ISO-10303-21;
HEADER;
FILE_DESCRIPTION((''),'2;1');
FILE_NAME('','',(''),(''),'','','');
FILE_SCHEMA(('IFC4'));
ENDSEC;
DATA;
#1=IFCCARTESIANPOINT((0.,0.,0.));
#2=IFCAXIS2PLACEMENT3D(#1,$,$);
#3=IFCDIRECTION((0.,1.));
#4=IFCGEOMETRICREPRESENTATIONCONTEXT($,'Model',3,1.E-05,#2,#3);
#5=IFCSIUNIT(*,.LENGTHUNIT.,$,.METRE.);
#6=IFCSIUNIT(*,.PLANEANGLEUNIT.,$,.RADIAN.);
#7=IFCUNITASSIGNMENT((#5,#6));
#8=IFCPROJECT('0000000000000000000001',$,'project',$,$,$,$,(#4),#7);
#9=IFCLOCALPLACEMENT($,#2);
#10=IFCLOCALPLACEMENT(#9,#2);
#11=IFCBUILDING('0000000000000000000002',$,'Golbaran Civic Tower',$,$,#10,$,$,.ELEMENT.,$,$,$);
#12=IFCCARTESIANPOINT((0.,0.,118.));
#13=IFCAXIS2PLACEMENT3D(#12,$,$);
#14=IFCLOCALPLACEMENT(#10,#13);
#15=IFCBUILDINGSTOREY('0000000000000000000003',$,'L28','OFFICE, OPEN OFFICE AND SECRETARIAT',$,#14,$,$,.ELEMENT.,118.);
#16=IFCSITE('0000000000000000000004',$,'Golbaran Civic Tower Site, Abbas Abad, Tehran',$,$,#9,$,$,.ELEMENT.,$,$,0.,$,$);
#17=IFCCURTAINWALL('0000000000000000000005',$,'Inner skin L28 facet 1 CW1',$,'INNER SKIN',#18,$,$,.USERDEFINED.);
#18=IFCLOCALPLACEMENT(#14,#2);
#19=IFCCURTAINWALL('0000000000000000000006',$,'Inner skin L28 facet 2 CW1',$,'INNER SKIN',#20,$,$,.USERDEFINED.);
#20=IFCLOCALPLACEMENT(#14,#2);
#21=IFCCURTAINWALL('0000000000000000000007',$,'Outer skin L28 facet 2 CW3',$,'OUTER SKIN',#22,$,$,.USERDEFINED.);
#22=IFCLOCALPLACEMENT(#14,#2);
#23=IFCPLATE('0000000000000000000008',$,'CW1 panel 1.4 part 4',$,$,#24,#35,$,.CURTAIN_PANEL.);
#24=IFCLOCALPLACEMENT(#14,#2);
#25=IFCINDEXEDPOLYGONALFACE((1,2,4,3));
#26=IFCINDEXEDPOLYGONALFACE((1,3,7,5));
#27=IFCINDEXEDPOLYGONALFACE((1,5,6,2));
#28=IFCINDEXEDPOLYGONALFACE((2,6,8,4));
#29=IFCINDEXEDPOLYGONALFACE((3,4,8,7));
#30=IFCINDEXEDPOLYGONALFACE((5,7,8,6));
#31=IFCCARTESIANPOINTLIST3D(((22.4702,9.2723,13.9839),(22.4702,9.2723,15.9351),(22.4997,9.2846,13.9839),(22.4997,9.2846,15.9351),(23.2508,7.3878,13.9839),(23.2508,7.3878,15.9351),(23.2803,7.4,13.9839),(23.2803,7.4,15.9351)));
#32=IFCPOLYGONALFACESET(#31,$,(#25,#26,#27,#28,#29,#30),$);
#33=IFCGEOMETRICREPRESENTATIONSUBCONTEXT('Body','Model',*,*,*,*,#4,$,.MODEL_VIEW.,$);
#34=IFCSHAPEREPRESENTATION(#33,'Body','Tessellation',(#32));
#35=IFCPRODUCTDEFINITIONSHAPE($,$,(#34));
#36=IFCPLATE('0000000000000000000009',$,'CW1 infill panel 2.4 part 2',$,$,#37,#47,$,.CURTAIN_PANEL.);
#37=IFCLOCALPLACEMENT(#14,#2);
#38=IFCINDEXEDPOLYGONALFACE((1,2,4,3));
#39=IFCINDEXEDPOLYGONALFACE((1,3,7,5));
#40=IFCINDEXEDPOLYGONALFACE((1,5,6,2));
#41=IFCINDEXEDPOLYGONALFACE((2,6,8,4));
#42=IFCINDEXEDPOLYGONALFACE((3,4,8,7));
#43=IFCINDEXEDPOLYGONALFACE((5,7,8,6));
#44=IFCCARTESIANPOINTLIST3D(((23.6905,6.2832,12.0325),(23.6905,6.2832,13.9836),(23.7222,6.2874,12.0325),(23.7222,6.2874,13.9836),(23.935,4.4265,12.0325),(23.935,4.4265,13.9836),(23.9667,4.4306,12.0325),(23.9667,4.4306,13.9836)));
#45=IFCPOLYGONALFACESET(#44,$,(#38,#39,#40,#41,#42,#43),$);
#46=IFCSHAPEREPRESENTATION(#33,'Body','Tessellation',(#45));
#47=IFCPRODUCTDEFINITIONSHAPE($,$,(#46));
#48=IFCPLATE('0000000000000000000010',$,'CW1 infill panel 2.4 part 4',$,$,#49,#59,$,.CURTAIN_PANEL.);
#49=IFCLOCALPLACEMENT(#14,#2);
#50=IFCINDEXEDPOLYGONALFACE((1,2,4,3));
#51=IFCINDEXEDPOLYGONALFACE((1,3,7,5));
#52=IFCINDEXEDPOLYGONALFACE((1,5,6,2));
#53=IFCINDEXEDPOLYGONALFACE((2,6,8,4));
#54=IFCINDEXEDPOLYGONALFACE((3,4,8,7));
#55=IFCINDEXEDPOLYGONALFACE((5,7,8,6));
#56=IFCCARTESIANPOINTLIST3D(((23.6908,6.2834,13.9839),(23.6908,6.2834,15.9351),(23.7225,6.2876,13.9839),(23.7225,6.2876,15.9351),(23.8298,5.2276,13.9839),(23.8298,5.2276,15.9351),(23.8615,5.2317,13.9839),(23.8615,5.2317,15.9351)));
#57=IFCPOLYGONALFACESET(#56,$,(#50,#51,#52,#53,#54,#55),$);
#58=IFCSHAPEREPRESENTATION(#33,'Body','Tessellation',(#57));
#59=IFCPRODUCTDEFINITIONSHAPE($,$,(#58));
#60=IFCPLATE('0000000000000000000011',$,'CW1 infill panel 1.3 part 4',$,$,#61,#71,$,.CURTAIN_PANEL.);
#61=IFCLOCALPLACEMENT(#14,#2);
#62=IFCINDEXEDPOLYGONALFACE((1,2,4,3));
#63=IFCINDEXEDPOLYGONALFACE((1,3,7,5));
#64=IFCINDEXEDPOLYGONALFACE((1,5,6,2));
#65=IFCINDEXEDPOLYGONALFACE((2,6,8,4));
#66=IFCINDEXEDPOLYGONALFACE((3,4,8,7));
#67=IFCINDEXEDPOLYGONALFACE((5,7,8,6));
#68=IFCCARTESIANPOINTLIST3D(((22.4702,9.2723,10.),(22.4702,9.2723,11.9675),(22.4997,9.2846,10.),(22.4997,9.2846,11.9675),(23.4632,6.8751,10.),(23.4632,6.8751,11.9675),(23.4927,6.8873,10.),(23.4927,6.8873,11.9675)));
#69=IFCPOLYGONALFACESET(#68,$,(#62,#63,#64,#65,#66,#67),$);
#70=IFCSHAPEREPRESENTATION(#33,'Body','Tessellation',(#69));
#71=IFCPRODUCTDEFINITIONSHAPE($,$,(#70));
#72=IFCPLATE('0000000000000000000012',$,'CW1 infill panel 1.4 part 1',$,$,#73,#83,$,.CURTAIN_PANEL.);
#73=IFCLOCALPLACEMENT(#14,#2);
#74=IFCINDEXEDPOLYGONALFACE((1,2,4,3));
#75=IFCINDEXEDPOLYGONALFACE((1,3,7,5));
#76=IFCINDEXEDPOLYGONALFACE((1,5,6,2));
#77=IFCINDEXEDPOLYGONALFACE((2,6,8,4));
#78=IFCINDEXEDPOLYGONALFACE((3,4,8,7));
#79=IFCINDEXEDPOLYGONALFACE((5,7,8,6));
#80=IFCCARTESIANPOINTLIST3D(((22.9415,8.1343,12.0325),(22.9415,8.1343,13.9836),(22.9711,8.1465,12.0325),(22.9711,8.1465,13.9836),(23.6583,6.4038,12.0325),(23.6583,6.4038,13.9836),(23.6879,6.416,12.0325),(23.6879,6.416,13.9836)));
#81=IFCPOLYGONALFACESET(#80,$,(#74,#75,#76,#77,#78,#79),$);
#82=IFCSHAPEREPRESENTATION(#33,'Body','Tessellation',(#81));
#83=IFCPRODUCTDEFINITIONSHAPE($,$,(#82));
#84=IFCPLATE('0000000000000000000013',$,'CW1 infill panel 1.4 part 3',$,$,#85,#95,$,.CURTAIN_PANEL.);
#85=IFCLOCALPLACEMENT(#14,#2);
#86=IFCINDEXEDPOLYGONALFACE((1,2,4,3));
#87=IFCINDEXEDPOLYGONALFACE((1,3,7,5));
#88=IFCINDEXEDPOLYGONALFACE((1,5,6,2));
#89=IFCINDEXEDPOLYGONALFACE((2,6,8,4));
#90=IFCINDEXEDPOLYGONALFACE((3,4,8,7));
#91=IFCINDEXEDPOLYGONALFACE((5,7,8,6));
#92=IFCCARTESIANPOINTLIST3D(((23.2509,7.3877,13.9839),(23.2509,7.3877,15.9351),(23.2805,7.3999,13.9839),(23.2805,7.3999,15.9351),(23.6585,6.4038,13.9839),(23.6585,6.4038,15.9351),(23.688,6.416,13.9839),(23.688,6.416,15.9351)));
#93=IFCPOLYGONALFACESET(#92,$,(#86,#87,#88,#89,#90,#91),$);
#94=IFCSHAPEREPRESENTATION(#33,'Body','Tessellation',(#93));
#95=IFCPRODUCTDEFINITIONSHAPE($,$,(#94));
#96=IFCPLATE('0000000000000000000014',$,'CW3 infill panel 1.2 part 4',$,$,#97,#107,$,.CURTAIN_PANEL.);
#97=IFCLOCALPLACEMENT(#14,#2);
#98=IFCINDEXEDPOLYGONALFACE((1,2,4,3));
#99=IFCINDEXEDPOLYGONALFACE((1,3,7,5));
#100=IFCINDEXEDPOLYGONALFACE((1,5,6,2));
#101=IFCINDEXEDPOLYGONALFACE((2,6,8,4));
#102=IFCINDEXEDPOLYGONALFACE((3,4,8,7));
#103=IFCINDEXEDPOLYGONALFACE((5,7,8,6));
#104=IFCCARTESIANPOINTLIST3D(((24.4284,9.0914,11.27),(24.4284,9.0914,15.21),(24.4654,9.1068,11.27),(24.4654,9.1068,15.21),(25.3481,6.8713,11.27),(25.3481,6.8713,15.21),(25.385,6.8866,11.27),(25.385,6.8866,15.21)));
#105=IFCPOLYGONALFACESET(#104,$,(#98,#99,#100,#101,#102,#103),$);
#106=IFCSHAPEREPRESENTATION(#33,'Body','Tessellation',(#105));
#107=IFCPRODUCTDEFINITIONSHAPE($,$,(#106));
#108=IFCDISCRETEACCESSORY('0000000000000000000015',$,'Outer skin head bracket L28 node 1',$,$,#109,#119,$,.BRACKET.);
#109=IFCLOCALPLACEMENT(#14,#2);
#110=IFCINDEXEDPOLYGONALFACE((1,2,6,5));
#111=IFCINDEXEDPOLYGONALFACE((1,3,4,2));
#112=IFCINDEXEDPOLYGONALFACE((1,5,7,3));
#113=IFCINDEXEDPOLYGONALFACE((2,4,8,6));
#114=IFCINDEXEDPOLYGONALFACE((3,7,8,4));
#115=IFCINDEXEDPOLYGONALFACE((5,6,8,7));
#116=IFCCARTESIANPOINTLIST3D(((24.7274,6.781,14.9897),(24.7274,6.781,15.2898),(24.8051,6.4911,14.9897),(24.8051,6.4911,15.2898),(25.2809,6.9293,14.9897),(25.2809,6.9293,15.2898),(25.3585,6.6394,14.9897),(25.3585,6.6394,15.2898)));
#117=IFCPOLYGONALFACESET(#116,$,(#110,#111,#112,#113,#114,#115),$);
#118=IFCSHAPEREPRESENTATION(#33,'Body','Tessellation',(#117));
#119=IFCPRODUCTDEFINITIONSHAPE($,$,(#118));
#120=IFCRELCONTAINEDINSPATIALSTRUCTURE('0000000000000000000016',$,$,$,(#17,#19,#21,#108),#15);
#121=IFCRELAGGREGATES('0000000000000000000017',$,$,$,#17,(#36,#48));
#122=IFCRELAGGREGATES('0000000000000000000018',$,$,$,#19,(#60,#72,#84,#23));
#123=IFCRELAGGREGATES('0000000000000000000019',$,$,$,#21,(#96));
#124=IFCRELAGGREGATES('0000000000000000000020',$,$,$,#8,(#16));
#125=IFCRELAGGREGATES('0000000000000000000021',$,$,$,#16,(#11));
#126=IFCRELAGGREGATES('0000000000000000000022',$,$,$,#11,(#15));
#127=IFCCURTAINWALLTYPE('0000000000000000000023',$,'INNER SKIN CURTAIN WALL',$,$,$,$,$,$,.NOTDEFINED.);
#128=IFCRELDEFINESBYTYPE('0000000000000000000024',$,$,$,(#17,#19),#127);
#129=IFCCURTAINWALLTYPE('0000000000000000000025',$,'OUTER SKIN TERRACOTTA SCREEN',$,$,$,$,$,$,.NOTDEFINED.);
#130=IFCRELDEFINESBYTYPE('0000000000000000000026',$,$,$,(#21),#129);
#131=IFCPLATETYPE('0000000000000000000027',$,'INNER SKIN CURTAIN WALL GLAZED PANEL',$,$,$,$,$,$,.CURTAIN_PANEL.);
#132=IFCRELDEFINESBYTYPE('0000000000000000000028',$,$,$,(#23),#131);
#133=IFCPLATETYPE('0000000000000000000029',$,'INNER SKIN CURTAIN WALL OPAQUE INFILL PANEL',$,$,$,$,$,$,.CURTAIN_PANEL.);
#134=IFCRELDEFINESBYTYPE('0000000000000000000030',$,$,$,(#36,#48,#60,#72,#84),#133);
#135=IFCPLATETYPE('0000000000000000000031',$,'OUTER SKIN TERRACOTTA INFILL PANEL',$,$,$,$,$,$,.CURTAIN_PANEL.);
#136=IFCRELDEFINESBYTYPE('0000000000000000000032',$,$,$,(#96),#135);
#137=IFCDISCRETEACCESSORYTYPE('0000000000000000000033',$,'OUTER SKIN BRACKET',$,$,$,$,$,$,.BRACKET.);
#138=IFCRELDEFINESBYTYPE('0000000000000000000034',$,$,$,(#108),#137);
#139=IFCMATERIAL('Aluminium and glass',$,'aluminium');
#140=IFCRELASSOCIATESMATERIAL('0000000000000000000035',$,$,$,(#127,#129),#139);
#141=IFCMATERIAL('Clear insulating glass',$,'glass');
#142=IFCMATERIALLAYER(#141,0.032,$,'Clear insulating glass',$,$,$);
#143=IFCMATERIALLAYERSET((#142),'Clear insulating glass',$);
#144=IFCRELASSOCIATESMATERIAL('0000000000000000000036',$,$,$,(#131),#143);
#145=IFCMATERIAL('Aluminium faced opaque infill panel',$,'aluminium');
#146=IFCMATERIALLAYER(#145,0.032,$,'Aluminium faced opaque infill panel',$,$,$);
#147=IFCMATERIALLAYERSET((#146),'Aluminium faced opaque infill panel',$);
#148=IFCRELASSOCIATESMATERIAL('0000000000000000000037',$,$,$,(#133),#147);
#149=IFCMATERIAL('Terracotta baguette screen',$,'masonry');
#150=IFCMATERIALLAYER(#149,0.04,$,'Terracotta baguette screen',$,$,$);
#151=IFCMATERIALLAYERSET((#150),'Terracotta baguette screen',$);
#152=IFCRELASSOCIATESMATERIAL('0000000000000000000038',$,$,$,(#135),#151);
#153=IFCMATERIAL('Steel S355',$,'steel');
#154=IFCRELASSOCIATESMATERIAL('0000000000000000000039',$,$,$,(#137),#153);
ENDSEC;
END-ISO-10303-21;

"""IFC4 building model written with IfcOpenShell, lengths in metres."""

from ifc_helpers import new_model, si_unit, direction, frame, origin, origin_2d, place, context, subcontext, project, spatial, rectangle, extrude, material, layer, layer_set, type_object, element, aggregate, save


model = new_model("IFC4")

# Units and contexts
model_context = context("Model", 3, precision=1e-05, world=origin(), true_north=direction((0.0, 1.0)))
body_context = subcontext(model_context, "Body", "Model", "MODEL_VIEW")
ifc_project = project(units=[si_unit("LENGTHUNIT", "METRE"), si_unit("PLANEANGLEUNIT", "RADIAN")], contexts=[model_context])

# Site, building, storey
site_placement = place(None, origin())
site = spatial("IfcSite", under=ifc_project, at=site_placement, Name="Golbaran Civic Tower Site, Abbas Abad, Tehran", CompositionType="ELEMENT", RefElevation=0.0)
building_placement = place(site_placement, origin())
building = spatial("IfcBuilding", under=site, at=building_placement, Name="Golbaran Civic Tower", CompositionType="ELEMENT")
storey_placement = place(building_placement, frame((0.0, 0.0, 118.0)))
storey = spatial("IfcBuildingStorey", under=building, at=storey_placement, Name="L28", Description="OFFICE, OPEN OFFICE AND SECRETARIAT", CompositionType="ELEMENT", Elevation=118.0)

# Curtain walls
ifc_material_1 = material(Name="Aluminium and glass", Category="aluminium")
curtain_wall_type_1 = type_object("IfcCurtainWallType", Name="INNER SKIN CURTAIN WALL", PredefinedType="NOTDEFINED", material=ifc_material_1)
curtain_wall_1_placement = place(storey_placement, origin())
curtain_wall_1 = element("IfcCurtainWall", 1, at=curtain_wall_1_placement, inside=storey, type_object=curtain_wall_type_1, Name="Inner skin L28 facet 1 CW1", ObjectType="INNER SKIN", PredefinedType="USERDEFINED")
curtain_wall_2_placement = place(storey_placement, origin())
curtain_wall_2 = element("IfcCurtainWall", 2, at=curtain_wall_2_placement, inside=storey, type_object=curtain_wall_type_1, Name="Inner skin L28 facet 2 CW1", ObjectType="INNER SKIN", PredefinedType="USERDEFINED")

# Curtain wall
curtain_wall_type_2 = type_object("IfcCurtainWallType", Name="OUTER SKIN TERRACOTTA SCREEN", PredefinedType="NOTDEFINED", material=ifc_material_1)
curtain_wall_3_placement = place(storey_placement, origin())
curtain_wall_3 = element("IfcCurtainWall", 3, at=curtain_wall_3_placement, inside=storey, type_object=curtain_wall_type_2, Name="Outer skin L28 facet 2 CW3", ObjectType="OUTER SKIN", PredefinedType="USERDEFINED")

# Plates
ifc_material_2 = material(Name="Clear insulating glass", Category="glass")
ifc_layer_1 = layer(ifc_material_2, 0.032, Name="Clear insulating glass")
ifc_layer_set_1 = layer_set([ifc_layer_1], Name="Clear insulating glass")
plate_type_1 = type_object("IfcPlateType", Name="INNER SKIN CURTAIN WALL GLAZED PANEL", PredefinedType="CURTAIN_PANEL", material=ifc_layer_set_1)
plate_1_placement = place(storey_placement, frame((22.8752, 8.3362, 13.9839), z_axis=(0.0, 0.0, 1.0), x_axis=(-0.382683, 0.92388, 0.0)))
plate_1 = element("IfcPlate", 4, at=plate_1_placement, type_object=plate_type_1, Name="CW1 panel 1.4 part 4", PredefinedType="CURTAIN_PANEL", context=body_context, shape_type="SweptSolid", body=[
    extrude(rectangle(XDim=2.0398, YDim=0.032, at=origin_2d()), origin(), (0.0, 0.0, 1.0), 1.9512),
])
ifc_material_3 = material(Name="Aluminium faced opaque infill panel", Category="aluminium")
ifc_layer_2 = layer(ifc_material_3, 0.032, Name="Aluminium faced opaque infill panel")
ifc_layer_set_2 = layer_set([ifc_layer_2], Name="Aluminium faced opaque infill panel")
plate_type_2 = type_object("IfcPlateType", Name="INNER SKIN CURTAIN WALL OPAQUE INFILL PANEL", PredefinedType="CURTAIN_PANEL", material=ifc_layer_set_2)
plate_2_placement = place(storey_placement, frame((23.8286, 5.3569, 12.0325), z_axis=(0.0, 0.0, 1.0), x_axis=(-0.130526, 0.991445, 0.0)))
plate_2 = element("IfcPlate", 5, at=plate_2_placement, type_object=plate_type_2, Name="CW1 infill panel 2.4 part 2", PredefinedType="CURTAIN_PANEL", context=body_context, shape_type="SweptSolid", body=[
    extrude(rectangle(XDim=1.8728, YDim=0.032, at=origin_2d()), origin(), (0.0, 0.0, 1.0), 1.9512),
])
plate_3_placement = place(storey_placement, frame((23.7761, 5.7576, 13.9839), z_axis=(0.0, 0.0, 1.0), x_axis=(-0.130526, 0.991445, 0.0)))
plate_3 = element("IfcPlate", 6, at=plate_3_placement, type_object=plate_type_2, Name="CW1 infill panel 2.4 part 4", PredefinedType="CURTAIN_PANEL", context=body_context, shape_type="SweptSolid", body=[
    extrude(rectangle(XDim=1.0649, YDim=0.032, at=origin_2d()), origin(), (0.0, 0.0, 1.0), 1.9512),
])
aggregate(curtain_wall_1, [plate_2, plate_3])
plate_4_placement = place(storey_placement, frame((22.9814, 8.0798, 10.0), z_axis=(0.0, 0.0, 1.0), x_axis=(-0.382683, 0.92388, 0.0)))
plate_4 = element("IfcPlate", 7, at=plate_4_placement, type_object=plate_type_2, Name="CW1 infill panel 1.3 part 4", PredefinedType="CURTAIN_PANEL", context=body_context, shape_type="SweptSolid", body=[
    extrude(rectangle(XDim=2.5947, YDim=0.032, at=origin_2d()), origin(), (0.0, 0.0, 1.0), 1.9675),
])
plate_5_placement = place(storey_placement, frame((23.3147, 7.2751, 12.0325), z_axis=(0.0, 0.0, 1.0), x_axis=(-0.382683, 0.92388, 0.0)))
plate_5 = element("IfcPlate", 8, at=plate_5_placement, type_object=plate_type_2, Name="CW1 infill panel 1.4 part 1", PredefinedType="CURTAIN_PANEL", context=body_context, shape_type="SweptSolid", body=[
    extrude(rectangle(XDim=1.873, YDim=0.032, at=origin_2d()), origin(), (0.0, 0.0, 1.0), 1.9512),
])
plate_6_placement = place(storey_placement, frame((23.4695, 6.9019, 13.9839), z_axis=(0.0, 0.0, 1.0), x_axis=(-0.382683, 0.92388, 0.0)))
plate_6 = element("IfcPlate", 9, at=plate_6_placement, type_object=plate_type_2, Name="CW1 infill panel 1.4 part 3", PredefinedType="CURTAIN_PANEL", context=body_context, shape_type="SweptSolid", body=[
    extrude(rectangle(XDim=1.0649, YDim=0.032, at=origin_2d()), origin(), (0.0, 0.0, 1.0), 1.9512),
])
aggregate(curtain_wall_2, [plate_4, plate_5, plate_6, plate_1])
ifc_material_4 = material(Name="Terracotta baguette screen", Category="masonry")
ifc_layer_3 = layer(ifc_material_4, 0.04, Name="Terracotta baguette screen")
ifc_layer_set_3 = layer_set([ifc_layer_3], Name="Terracotta baguette screen")
plate_type_3 = type_object("IfcPlateType", Name="OUTER SKIN TERRACOTTA INFILL PANEL", PredefinedType="CURTAIN_PANEL", material=ifc_layer_set_3)
plate_7_placement = place(storey_placement, frame((24.9067, 7.989, 11.27), z_axis=(0.0, 0.0, 1.0), x_axis=(-0.382683, 0.92388, 0.0)))
plate_7 = element("IfcPlate", 10, at=plate_7_placement, type_object=plate_type_3, Name="CW3 infill panel 1.2 part 4", PredefinedType="CURTAIN_PANEL", context=body_context, shape_type="SweptSolid", body=[
    extrude(rectangle(XDim=2.4031, YDim=0.04, at=origin_2d()), origin(), (0.0, 0.0, 1.0), 3.9399),
])
aggregate(curtain_wall_3, [plate_7])

# Discrete accessory
ifc_material_5 = material(Name="Steel S355", Category="steel")
discrete_accessory_type = type_object("IfcDiscreteAccessoryType", Name="OUTER SKIN BRACKET", PredefinedType="BRACKET", material=ifc_material_5)
discrete_accessory_placement = place(storey_placement, frame((25.043, 6.7102, 14.9897), z_axis=(0.0, 0.0, 1.0), x_axis=(0.965926, 0.258819, 0.0)))
element("IfcDiscreteAccessory", 11, at=discrete_accessory_placement, inside=storey, type_object=discrete_accessory_type, Name="Outer skin head bracket L28 node 1", PredefinedType="BRACKET", context=body_context, shape_type="SweptSolid", body=[
    extrude(rectangle(XDim=0.573, YDim=0.3, at=origin_2d()), origin(), (0.0, 0.0, 1.0), 0.3),
])

save(model, "model.ifc")
